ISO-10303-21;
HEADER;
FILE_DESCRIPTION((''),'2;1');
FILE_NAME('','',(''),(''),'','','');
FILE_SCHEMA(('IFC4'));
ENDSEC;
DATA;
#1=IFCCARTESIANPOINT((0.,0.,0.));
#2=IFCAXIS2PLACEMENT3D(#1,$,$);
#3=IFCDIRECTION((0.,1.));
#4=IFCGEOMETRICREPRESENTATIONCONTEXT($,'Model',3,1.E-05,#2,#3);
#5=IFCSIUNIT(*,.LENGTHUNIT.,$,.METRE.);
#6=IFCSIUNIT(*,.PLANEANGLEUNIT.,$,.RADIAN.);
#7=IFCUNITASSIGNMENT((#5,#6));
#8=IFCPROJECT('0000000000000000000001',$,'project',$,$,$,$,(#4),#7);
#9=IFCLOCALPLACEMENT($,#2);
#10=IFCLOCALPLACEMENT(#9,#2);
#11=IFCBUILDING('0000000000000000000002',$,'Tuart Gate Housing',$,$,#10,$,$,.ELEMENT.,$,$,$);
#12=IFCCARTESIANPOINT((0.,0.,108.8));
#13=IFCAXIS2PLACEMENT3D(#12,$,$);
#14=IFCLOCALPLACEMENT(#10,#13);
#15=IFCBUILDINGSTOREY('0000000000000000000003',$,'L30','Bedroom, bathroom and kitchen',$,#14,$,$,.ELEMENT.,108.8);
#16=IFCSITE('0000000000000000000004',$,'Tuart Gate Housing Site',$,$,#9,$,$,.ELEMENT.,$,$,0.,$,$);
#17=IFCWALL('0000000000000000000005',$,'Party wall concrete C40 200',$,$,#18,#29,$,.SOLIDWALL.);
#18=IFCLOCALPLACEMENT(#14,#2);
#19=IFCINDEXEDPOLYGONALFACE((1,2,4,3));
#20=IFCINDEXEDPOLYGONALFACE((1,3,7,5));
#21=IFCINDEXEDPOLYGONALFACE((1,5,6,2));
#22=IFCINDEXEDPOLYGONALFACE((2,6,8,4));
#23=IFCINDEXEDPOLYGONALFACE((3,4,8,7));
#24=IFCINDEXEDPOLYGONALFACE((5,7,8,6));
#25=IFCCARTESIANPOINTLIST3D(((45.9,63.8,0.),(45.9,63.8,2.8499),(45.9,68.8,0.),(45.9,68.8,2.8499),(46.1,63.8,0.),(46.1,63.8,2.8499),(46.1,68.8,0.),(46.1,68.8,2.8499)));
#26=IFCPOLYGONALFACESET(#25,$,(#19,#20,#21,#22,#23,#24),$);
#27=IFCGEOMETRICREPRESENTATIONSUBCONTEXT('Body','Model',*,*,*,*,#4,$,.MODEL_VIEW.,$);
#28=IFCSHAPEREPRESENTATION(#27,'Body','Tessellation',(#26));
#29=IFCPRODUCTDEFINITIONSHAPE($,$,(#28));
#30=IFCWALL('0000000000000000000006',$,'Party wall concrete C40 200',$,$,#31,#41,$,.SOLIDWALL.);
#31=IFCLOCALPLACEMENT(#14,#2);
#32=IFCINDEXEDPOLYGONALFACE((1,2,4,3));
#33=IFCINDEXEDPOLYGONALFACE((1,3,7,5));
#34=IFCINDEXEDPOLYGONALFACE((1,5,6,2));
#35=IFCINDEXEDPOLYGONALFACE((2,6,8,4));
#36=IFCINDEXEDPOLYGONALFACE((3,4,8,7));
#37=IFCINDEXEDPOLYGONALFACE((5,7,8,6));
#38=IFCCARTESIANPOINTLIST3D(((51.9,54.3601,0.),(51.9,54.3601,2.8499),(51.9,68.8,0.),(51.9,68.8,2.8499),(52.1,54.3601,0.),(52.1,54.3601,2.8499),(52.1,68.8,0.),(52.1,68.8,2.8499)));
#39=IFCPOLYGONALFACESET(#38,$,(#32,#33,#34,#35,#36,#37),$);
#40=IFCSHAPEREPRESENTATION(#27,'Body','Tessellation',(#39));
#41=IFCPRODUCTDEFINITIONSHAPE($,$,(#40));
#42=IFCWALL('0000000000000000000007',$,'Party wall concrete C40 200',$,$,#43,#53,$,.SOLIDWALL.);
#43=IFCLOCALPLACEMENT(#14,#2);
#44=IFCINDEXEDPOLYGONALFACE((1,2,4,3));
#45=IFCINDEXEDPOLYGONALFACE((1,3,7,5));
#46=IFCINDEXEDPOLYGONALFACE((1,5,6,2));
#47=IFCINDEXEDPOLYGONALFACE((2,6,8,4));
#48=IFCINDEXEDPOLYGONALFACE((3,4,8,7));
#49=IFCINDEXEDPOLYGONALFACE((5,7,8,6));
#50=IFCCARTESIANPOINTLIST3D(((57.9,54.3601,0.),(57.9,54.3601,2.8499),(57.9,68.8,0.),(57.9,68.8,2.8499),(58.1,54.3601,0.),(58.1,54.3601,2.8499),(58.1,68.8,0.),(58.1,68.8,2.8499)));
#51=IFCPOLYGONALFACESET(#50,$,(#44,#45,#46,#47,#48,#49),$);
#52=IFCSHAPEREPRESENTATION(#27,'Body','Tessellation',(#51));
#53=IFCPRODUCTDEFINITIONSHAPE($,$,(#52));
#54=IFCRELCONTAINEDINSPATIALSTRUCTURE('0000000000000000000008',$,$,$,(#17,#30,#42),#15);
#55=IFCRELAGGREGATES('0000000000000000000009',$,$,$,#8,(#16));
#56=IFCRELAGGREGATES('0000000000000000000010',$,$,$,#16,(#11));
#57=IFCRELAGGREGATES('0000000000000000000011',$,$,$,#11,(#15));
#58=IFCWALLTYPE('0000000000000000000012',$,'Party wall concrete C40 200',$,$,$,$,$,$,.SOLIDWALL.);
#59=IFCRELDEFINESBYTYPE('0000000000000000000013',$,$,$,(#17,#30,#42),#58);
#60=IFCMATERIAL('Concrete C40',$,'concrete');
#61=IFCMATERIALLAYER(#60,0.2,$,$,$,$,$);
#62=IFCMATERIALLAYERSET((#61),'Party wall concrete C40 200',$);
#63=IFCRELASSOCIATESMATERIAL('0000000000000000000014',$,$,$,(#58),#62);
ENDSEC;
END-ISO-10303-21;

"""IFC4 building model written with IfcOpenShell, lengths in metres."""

from ifc_helpers import new_model, si_unit, direction, frame, frame_2d, origin, place, context, subcontext, project, spatial, rectangle, extrude, material, layer, layer_set, type_object, element, save


model = new_model("IFC4")

# Units and contexts
model_context = context("Model", 3, precision=1e-05, world=origin(), true_north=direction((0.0, 1.0)))
body_context = subcontext(model_context, "Body", "Model", "MODEL_VIEW")
ifc_project = project(units=[si_unit("LENGTHUNIT", "METRE"), si_unit("PLANEANGLEUNIT", "RADIAN")], contexts=[model_context])

# Site, building, storey
site_placement = place(None, origin())
site = spatial("IfcSite", under=ifc_project, at=site_placement, Name="Tuart Gate Housing Site", CompositionType="ELEMENT", RefElevation=0.0)
building_placement = place(site_placement, origin())
building = spatial("IfcBuilding", under=site, at=building_placement, Name="Tuart Gate Housing", CompositionType="ELEMENT")
storey_placement = place(building_placement, frame((0.0, 0.0, 108.8)))
storey = spatial("IfcBuildingStorey", under=building, at=storey_placement, Name="L30", Description="Bedroom, bathroom and kitchen", CompositionType="ELEMENT", Elevation=108.8)

# Walls
ifc_material_1 = material(Name="Concrete C40", Category="concrete")
ifc_layer_1 = layer(ifc_material_1, 0.2)
ifc_layer_set_1 = layer_set([ifc_layer_1], Name="Party wall concrete C40 200")
wall_type_1 = type_object("IfcWallType", Name="Party wall concrete C40 200", PredefinedType="SOLIDWALL", material=ifc_layer_set_1)
wall_1_placement = place(storey_placement, frame((46.0, 63.8, 0.0), z_axis=(0.0, 0.0, 1.0), x_axis=(0.0, 1.0, 0.0)))
element("IfcWall", 1, at=wall_1_placement, inside=storey, type_object=wall_type_1, Name="Party wall concrete C40 200", PredefinedType="SOLIDWALL", context=body_context, shape_type="SweptSolid", body=[
    extrude(rectangle(XDim=5.0, YDim=0.2, at=frame_2d((2.5, 0.0))), origin(), (0.0, 0.0, 1.0), 2.8499),
])
for number, where, z_axis, x_axis, name in (
    (2, (52.0, 54.3601, 0.0), (0.0, 0.0, 1.0), (0.0, 1.0, 0.0), "Party wall concrete C40 200"),
    (3, (58.0, 54.3601, 0.0), (0.0, 0.0, 1.0), (0.0, 1.0, 0.0), "Party wall concrete C40 200"),
):
    element("IfcWall", number, at=place(storey_placement, frame(where, z_axis=z_axis, x_axis=x_axis)), inside=storey, type_object=wall_type_1, Name=name, PredefinedType="SOLIDWALL", context=body_context, shape_type="SweptSolid", body=[
        extrude(rectangle(XDim=14.4399, YDim=0.2, at=frame_2d((7.22, 0.0))), origin(), (0.0, 0.0, 1.0), 2.8499),
    ])

save(model, "model.ifc")
